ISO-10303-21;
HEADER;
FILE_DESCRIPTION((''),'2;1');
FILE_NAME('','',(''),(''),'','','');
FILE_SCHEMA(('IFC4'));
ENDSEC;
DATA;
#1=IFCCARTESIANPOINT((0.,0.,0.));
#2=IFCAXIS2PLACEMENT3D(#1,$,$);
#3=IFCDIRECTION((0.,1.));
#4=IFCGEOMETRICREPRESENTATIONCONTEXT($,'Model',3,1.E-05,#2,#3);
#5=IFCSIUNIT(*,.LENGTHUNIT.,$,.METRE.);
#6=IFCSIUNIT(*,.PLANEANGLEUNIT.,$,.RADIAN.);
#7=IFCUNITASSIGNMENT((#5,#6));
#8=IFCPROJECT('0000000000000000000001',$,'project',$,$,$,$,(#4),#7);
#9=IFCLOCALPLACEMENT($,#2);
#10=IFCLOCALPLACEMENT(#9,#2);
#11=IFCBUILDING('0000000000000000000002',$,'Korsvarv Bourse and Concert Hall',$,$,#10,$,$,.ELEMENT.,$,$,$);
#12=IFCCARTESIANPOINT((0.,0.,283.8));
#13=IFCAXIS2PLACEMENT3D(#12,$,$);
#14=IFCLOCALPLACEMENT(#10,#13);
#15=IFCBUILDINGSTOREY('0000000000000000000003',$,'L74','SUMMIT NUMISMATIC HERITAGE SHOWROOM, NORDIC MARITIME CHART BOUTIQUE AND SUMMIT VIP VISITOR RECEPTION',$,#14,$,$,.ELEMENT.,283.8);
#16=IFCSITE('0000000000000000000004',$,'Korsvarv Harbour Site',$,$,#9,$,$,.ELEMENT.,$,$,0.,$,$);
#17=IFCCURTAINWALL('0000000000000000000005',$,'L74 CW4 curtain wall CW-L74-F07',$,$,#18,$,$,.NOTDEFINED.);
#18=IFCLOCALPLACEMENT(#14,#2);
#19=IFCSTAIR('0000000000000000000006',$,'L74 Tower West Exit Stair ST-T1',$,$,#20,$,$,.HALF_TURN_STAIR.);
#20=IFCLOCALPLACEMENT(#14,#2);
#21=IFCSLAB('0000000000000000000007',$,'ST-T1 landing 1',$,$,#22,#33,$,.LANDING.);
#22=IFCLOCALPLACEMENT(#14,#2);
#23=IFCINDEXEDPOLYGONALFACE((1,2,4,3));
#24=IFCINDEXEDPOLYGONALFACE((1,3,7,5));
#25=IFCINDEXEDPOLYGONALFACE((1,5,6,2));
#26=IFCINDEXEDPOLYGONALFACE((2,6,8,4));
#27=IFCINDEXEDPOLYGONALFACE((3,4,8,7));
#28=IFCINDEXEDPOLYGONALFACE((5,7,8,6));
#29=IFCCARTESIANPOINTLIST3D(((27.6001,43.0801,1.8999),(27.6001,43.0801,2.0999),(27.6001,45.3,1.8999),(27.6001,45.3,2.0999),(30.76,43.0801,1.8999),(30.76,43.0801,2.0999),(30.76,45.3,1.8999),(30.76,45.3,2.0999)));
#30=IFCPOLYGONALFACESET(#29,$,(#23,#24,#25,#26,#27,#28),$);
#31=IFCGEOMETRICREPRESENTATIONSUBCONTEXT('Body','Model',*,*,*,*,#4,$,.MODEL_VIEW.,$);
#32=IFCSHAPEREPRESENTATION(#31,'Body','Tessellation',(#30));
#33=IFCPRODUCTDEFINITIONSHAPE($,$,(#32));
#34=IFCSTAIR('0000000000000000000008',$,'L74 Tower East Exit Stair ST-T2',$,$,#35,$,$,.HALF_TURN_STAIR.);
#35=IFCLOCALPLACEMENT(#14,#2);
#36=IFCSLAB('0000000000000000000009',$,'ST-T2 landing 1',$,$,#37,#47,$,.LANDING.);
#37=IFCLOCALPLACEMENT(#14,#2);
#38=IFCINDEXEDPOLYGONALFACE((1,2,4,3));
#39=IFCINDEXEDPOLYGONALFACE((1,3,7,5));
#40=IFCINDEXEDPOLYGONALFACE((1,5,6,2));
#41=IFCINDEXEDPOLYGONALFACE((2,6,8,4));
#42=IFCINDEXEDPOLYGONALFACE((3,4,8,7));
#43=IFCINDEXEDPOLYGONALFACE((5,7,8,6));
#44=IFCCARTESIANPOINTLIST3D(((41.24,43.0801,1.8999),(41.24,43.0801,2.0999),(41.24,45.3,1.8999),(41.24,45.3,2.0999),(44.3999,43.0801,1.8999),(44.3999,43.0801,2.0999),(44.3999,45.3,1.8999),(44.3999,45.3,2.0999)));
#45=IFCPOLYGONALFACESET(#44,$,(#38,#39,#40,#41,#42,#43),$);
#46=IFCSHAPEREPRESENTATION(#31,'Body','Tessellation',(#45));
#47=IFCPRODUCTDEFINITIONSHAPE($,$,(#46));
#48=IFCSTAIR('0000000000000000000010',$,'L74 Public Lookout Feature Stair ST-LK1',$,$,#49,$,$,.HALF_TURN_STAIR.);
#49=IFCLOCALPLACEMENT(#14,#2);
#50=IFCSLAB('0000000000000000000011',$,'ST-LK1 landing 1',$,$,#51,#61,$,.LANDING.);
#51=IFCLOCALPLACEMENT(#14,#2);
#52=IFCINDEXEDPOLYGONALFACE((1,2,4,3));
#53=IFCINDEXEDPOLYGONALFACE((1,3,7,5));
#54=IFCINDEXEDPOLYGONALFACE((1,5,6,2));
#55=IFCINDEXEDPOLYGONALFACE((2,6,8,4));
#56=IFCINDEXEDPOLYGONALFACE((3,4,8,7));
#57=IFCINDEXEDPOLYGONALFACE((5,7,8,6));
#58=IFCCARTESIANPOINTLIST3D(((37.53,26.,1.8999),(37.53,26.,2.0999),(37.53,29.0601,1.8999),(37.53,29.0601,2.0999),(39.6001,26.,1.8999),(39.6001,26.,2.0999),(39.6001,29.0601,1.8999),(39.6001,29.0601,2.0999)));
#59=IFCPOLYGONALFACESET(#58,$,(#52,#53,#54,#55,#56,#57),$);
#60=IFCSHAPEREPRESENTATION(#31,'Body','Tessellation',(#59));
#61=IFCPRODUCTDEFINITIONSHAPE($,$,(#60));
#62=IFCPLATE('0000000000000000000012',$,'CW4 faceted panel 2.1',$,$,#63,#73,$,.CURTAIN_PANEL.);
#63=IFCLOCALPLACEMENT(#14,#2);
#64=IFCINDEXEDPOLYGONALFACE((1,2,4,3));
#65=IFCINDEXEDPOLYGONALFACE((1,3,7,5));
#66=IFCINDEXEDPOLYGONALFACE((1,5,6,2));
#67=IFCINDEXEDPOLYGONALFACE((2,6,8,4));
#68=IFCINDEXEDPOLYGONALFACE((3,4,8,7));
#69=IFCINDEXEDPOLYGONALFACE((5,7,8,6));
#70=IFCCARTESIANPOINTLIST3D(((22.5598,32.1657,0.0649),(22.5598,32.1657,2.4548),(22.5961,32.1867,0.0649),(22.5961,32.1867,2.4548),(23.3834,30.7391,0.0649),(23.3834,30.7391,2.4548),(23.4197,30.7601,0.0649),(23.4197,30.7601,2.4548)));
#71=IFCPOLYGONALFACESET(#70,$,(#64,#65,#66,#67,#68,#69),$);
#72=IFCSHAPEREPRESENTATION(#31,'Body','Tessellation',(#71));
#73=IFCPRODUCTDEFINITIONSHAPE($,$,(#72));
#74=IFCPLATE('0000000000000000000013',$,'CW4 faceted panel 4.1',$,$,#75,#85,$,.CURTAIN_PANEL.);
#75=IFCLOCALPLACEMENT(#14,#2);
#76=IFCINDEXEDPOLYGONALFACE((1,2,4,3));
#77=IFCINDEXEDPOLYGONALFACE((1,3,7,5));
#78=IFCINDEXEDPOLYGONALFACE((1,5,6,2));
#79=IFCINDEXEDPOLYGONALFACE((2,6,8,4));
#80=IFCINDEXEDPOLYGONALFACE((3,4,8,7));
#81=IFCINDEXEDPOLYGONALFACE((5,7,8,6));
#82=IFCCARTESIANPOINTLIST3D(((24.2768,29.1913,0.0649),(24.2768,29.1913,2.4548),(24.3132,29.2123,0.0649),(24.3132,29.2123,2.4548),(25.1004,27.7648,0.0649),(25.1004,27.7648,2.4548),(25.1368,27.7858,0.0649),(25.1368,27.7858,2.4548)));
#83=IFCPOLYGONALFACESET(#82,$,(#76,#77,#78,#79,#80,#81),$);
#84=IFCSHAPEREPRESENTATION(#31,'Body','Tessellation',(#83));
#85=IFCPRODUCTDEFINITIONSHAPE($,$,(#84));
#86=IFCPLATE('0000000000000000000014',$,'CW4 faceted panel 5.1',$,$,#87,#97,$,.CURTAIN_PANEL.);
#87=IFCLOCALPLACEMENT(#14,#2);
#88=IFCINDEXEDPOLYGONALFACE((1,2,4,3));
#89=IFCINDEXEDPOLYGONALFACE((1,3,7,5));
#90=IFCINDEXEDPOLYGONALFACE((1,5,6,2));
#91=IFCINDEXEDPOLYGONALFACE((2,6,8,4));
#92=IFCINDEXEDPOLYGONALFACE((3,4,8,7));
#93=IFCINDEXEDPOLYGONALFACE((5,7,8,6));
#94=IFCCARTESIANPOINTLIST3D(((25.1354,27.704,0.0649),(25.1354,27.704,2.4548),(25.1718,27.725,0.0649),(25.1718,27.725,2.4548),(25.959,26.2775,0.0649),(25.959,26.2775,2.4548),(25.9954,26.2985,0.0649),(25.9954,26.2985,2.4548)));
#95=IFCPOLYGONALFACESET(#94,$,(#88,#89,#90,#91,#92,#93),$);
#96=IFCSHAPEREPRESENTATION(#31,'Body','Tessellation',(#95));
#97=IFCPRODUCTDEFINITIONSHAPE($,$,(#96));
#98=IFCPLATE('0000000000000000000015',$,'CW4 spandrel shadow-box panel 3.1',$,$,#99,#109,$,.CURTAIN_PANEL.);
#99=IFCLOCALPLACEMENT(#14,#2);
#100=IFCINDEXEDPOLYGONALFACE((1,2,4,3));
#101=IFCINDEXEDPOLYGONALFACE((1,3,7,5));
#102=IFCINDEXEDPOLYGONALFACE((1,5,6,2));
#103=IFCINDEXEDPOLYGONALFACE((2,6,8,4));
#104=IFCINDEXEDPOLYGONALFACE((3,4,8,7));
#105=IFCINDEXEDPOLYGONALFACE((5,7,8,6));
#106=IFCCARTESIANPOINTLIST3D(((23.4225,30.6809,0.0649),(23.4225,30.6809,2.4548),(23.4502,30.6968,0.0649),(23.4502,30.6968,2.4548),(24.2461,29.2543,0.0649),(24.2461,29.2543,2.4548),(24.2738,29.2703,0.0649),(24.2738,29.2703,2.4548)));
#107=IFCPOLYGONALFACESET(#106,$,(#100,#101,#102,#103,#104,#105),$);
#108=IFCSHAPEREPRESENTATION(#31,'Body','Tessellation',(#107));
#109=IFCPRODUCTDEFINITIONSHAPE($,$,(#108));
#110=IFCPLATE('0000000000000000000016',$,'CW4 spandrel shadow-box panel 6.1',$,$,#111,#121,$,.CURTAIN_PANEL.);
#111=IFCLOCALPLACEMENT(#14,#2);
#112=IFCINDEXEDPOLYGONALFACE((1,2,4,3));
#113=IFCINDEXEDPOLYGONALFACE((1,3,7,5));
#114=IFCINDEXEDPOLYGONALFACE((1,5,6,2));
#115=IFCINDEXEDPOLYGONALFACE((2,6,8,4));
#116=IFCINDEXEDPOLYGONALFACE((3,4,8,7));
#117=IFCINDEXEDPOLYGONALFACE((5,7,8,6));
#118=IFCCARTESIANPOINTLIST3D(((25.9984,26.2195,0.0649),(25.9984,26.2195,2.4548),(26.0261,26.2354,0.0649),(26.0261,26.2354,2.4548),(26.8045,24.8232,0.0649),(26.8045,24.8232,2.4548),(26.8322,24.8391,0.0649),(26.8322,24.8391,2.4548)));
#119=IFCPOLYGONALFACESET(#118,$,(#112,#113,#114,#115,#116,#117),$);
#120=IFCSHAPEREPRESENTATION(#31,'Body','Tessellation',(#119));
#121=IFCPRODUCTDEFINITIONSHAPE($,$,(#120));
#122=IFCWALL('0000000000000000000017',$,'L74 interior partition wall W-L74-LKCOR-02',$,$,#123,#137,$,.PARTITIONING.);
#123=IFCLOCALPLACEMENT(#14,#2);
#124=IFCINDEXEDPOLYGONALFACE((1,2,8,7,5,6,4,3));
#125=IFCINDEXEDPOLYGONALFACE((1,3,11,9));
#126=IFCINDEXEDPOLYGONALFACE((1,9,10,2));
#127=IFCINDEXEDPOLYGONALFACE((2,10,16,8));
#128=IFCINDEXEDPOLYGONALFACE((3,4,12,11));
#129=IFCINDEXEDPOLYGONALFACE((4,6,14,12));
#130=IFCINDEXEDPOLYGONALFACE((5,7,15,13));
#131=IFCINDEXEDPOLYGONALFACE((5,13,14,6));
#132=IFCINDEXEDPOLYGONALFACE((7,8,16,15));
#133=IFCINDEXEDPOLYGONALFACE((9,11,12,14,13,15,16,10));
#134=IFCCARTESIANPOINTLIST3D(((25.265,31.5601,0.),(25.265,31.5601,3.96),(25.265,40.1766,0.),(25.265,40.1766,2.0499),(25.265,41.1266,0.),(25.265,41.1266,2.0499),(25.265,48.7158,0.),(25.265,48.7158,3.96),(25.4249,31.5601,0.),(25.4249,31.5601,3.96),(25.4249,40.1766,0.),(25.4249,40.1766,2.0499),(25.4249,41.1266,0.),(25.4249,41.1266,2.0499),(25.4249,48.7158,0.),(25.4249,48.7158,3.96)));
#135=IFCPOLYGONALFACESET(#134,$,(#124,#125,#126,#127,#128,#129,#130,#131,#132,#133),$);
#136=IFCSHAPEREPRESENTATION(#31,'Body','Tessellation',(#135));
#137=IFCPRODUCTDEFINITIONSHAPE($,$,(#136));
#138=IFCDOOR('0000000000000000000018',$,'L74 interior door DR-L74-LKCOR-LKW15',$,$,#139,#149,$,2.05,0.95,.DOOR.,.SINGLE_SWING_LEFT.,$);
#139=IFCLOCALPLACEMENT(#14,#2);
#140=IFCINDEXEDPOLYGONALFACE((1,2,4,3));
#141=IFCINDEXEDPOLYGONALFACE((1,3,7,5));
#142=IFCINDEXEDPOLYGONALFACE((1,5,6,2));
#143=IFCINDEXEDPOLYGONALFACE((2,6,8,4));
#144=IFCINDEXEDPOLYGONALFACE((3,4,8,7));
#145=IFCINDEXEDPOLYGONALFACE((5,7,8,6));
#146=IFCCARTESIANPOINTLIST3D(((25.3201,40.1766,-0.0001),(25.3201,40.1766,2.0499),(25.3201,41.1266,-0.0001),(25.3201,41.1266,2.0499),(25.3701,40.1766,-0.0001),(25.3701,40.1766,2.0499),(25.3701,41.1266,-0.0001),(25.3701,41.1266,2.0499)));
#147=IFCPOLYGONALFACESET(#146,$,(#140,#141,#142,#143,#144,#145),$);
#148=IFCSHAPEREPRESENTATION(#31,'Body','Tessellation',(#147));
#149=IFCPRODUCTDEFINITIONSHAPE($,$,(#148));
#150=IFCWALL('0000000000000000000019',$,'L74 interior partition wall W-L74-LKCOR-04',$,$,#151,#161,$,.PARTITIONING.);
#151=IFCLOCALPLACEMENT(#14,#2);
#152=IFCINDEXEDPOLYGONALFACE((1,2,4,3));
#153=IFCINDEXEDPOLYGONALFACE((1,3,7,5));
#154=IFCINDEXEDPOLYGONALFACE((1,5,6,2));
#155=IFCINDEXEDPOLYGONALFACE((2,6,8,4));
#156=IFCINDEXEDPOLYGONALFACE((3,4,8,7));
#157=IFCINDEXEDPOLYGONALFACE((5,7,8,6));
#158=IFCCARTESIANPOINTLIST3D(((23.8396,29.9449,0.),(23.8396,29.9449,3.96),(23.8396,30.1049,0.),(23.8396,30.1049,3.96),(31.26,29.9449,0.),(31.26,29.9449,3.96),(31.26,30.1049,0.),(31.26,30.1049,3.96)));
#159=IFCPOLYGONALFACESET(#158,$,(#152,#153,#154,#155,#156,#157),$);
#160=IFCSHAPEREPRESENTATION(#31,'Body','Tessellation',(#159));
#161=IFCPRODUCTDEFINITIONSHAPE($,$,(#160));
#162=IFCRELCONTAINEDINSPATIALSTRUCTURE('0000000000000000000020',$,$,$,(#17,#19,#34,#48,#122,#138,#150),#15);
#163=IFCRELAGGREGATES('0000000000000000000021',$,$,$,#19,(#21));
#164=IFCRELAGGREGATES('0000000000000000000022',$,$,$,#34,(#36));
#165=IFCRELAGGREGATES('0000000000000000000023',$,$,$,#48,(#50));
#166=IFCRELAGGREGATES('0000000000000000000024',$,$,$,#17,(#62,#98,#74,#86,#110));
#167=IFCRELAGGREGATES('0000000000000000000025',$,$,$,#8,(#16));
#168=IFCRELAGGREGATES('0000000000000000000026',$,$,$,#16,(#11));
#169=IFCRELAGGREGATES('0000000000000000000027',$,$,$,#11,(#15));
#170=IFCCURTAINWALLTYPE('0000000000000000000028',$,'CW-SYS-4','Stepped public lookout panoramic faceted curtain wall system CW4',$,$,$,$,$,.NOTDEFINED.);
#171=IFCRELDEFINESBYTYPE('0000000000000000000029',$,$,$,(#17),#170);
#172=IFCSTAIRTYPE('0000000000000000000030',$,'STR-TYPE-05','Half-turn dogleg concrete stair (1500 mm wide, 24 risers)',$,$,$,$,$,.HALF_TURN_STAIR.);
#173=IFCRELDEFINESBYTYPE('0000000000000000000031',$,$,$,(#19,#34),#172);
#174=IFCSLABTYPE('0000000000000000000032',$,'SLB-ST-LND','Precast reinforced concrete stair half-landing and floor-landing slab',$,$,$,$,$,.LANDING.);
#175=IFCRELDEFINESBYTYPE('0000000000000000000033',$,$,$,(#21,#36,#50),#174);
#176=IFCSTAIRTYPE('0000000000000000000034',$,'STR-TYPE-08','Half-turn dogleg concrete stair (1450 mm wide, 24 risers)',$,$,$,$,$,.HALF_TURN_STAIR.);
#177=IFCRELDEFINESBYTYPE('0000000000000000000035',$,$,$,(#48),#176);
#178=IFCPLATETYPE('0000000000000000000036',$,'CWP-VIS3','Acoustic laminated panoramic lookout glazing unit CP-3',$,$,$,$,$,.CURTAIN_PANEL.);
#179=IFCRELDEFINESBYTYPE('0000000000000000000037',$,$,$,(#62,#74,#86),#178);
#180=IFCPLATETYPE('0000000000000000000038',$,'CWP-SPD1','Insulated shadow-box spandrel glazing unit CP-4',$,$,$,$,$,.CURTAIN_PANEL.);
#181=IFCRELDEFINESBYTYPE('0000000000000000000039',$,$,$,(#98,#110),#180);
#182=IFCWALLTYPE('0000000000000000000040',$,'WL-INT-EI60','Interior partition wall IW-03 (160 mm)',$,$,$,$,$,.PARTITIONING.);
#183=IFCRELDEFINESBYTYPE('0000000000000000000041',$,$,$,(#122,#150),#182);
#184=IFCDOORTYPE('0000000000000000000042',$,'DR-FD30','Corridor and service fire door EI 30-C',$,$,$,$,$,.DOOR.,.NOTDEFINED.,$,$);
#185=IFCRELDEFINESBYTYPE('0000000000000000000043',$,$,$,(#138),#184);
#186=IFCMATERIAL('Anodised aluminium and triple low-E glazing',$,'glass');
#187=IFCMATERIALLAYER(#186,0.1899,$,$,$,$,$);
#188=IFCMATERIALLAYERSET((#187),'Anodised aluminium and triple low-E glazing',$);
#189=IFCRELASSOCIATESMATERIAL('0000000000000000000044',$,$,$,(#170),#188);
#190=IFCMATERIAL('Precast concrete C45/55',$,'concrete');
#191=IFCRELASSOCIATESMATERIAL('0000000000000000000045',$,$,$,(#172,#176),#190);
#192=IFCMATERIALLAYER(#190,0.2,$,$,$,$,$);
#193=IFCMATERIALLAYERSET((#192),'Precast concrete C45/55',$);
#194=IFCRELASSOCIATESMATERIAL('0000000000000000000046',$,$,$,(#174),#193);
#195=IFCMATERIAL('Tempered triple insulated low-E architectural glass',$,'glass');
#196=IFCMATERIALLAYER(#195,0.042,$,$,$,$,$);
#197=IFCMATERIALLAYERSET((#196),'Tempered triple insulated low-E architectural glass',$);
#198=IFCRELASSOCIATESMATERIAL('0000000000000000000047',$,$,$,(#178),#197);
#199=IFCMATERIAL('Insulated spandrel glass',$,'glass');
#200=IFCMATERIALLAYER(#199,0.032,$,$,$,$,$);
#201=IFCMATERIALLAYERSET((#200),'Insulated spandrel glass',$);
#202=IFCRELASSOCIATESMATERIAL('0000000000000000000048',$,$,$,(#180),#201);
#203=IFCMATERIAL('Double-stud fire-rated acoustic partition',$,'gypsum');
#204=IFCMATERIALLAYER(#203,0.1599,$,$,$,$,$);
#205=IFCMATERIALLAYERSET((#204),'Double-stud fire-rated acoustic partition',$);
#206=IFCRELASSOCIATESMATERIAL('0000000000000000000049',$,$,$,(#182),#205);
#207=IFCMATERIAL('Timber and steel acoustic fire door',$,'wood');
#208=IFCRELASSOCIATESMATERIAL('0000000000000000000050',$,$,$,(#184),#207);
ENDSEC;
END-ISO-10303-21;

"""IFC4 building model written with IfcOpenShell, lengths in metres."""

from ifc_helpers import new_model, si_unit, direction, frame, frame_2d, origin, origin_2d, place, context, subcontext, project, spatial, polyline, rectangle, outline, extrude, source, transform, mapped, material, layer, layer_set, type_object, element, fill, aggregate, save


model = new_model("IFC4")

# Units and contexts
model_context = context("Model", 3, precision=1e-05, world=origin(), true_north=direction((0.0, 1.0)))
body_context = subcontext(model_context, "Body", "Model", "MODEL_VIEW")
ifc_project = project(units=[si_unit("LENGTHUNIT", "METRE"), si_unit("PLANEANGLEUNIT", "RADIAN")], contexts=[model_context])

# Site, building, storey
site_placement = place(None, origin())
site = spatial("IfcSite", under=ifc_project, at=site_placement, Name="Korsvarv Harbour Site", CompositionType="ELEMENT", RefElevation=0.0)
building_placement = place(site_placement, origin())
building = spatial("IfcBuilding", under=site, at=building_placement, Name="Korsvarv Bourse and Concert Hall", CompositionType="ELEMENT")
storey_placement = place(building_placement, frame((0.0, 0.0, 283.8)))
storey = spatial("IfcBuildingStorey", under=building, at=storey_placement, Name="L74", Description="SUMMIT NUMISMATIC HERITAGE SHOWROOM, NORDIC MARITIME CHART BOUTIQUE AND SUMMIT VIP VISITOR RECEPTION", CompositionType="ELEMENT", Elevation=283.8)

# Curtain wall
ifc_material_1 = material(Name="Anodised aluminium and triple low-E glazing", Category="glass")
ifc_layer_1 = layer(ifc_material_1, 0.1899)
ifc_layer_set_1 = layer_set([ifc_layer_1], Name="Anodised aluminium and triple low-E glazing")
curtain_wall_type = type_object("IfcCurtainWallType", Name="CW-SYS-4", Description="Stepped public lookout panoramic faceted curtain wall system CW4", PredefinedType="NOTDEFINED", material=ifc_layer_set_1)
curtain_wall_placement = place(storey_placement, origin())
curtain_wall = element("IfcCurtainWall", 1, at=curtain_wall_placement, inside=storey, type_object=curtain_wall_type, Name="L74 CW4 curtain wall CW-L74-F07", PredefinedType="NOTDEFINED")

# Shared definitions
ifc_material_2 = material(Name="Precast concrete C45/55", Category="concrete")

# Stairs, slabs
stair_type_1 = type_object("IfcStairType", Name="STR-TYPE-05", Description="Half-turn dogleg concrete stair (1500 mm wide, 24 risers)", PredefinedType="HALF_TURN_STAIR", material=ifc_material_2)
stair_1_placement = place(storey_placement, origin())
stair_1 = element("IfcStair", 2, at=stair_1_placement, inside=storey, type_object=stair_type_1, Name="L74 Tower West Exit Stair ST-T1", PredefinedType="HALF_TURN_STAIR")
ifc_layer_2 = layer(ifc_material_2, 0.2)
ifc_layer_set_2 = layer_set([ifc_layer_2], Name="Precast concrete C45/55")
slab_type_1 = type_object("IfcSlabType", Name="SLB-ST-LND", Description="Precast reinforced concrete stair half-landing and floor-landing slab", PredefinedType="LANDING", material=ifc_layer_set_2)
slab_1_placement = place(storey_placement, frame((0.0, 0.0, 1.8999)))
slab_1 = element("IfcSlab", 3, at=slab_1_placement, type_object=slab_type_1, Name="ST-T1 landing 1", PredefinedType="LANDING", context=body_context, shape_type="SweptSolid", body=[
    extrude(outline(polyline([(30.76, 43.0801), (30.76, 45.3), (27.6001, 45.3), (27.6001, 43.0801), (30.76, 43.0801)])), origin(), (0.0, 0.0, 1.0), 0.2),
])
aggregate(stair_1, [slab_1])
stair_2_placement = place(storey_placement, origin())
stair_2 = element("IfcStair", 4, at=stair_2_placement, inside=storey, type_object=stair_type_1, Name="L74 Tower East Exit Stair ST-T2", PredefinedType="HALF_TURN_STAIR")
slab_2_placement = place(storey_placement, frame((0.0, 0.0, 1.8999)))
slab_2 = element("IfcSlab", 5, at=slab_2_placement, type_object=slab_type_1, Name="ST-T2 landing 1", PredefinedType="LANDING", context=body_context, shape_type="SweptSolid", body=[
    extrude(outline(polyline([(44.3999, 43.0801), (44.3999, 45.3), (41.24, 45.3), (41.24, 43.0801), (44.3999, 43.0801)])), origin(), (0.0, 0.0, 1.0), 0.2),
])
aggregate(stair_2, [slab_2])
stair_type_2 = type_object("IfcStairType", Name="STR-TYPE-08", Description="Half-turn dogleg concrete stair (1450 mm wide, 24 risers)", PredefinedType="HALF_TURN_STAIR", material=ifc_material_2)
stair_3_placement = place(storey_placement, origin())
stair_3 = element("IfcStair", 6, at=stair_3_placement, inside=storey, type_object=stair_type_2, Name="L74 Public Lookout Feature Stair ST-LK1", PredefinedType="HALF_TURN_STAIR")
slab_3_placement = place(storey_placement, frame((0.0, 0.0, 1.8999)))
slab_3 = element("IfcSlab", 7, at=slab_3_placement, type_object=slab_type_1, Name="ST-LK1 landing 1", PredefinedType="LANDING", context=body_context, shape_type="SweptSolid", body=[
    extrude(outline(polyline([(37.53, 26.0), (39.6001, 26.0), (39.6001, 29.0601), (37.53, 29.0601), (37.53, 26.0)])), origin(), (0.0, 0.0, 1.0), 0.2),
])
aggregate(stair_3, [slab_3])

# Plates
ifc_material_3 = material(Name="Tempered triple insulated low-E architectural glass", Category="glass")
ifc_layer_3 = layer(ifc_material_3, 0.042)
ifc_layer_set_3 = layer_set([ifc_layer_3], Name="Tempered triple insulated low-E architectural glass")
plate_type_1 = type_object("IfcPlateType", Name="CWP-VIS3", Description="Acoustic laminated panoramic lookout glazing unit CP-3", PredefinedType="CURTAIN_PANEL", material=ifc_layer_set_3)
shared_shape_1 = source(origin(), body_context, "Body", "SweptSolid", [
    extrude(rectangle(XDim=1.6472, YDim=0.042, at=origin_2d()), origin(), (0.0, 0.0, 1.0), 2.3899),
])
plate_1_placement = place(storey_placement, frame((22.9897, 31.4629, 0.0649), z_axis=(0.0, 0.0, 1.0), x_axis=(0.499996, -0.866028, 0.0)))
plate_1 = element("IfcPlate", 8, at=plate_1_placement, type_object=plate_type_1, Name="CW4 faceted panel 2.1", PredefinedType="CURTAIN_PANEL", context=body_context, shape_type="MappedRepresentation", body=[
    mapped(shared_shape_1, transform((0.0, 0.0, 0.0), scale=1.0)),
])
plate_2_placement = place(storey_placement, frame((24.7068, 28.4885, 0.0649), z_axis=(0.0, 0.0, 1.0), x_axis=(0.499996, -0.866028, 0.0)))
plate_2 = element("IfcPlate", 9, at=plate_2_placement, type_object=plate_type_1, Name="CW4 faceted panel 4.1", PredefinedType="CURTAIN_PANEL", context=body_context, shape_type="MappedRepresentation", body=[
    mapped(shared_shape_1, transform((0.0, 0.0, 0.0), scale=1.0)),
])
plate_3_placement = place(storey_placement, frame((25.5654, 27.0012, 0.0649), z_axis=(0.0, 0.0, 1.0), x_axis=(0.499996, -0.866028, 0.0)))
plate_3 = element("IfcPlate", 10, at=plate_3_placement, type_object=plate_type_1, Name="CW4 faceted panel 5.1", PredefinedType="CURTAIN_PANEL", context=body_context, shape_type="MappedRepresentation", body=[
    mapped(shared_shape_1, transform((0.0, 0.0, 0.0), scale=1.0)),
])
ifc_material_4 = material(Name="Insulated spandrel glass", Category="glass")
ifc_layer_4 = layer(ifc_material_4, 0.032)
ifc_layer_set_4 = layer_set([ifc_layer_4], Name="Insulated spandrel glass")
plate_type_2 = type_object("IfcPlateType", Name="CWP-SPD1", Description="Insulated shadow-box spandrel glazing unit CP-4", PredefinedType="CURTAIN_PANEL", material=ifc_layer_set_4)
shared_shape_2 = source(origin(), body_context, "Body", "SweptSolid", [
    extrude(rectangle(XDim=1.6472, YDim=0.032, at=origin_2d()), origin(), (0.0, 0.0, 1.0), 2.3899),
])
plate_4_placement = place(storey_placement, frame((23.8481, 29.9756, 0.0649), z_axis=(0.0, 0.0, 1.0), x_axis=(0.499996, -0.866028, 0.0)))
plate_4 = element("IfcPlate", 11, at=plate_4_placement, type_object=plate_type_2, Name="CW4 spandrel shadow-box panel 3.1", PredefinedType="CURTAIN_PANEL", context=body_context, shape_type="MappedRepresentation", body=[
    mapped(shared_shape_2, transform((0.0, 0.0, 0.0), scale=1.0)),
])
shared_shape_3 = source(origin(), body_context, "Body", "SweptSolid", [
    extrude(rectangle(XDim=1.6123, YDim=0.032, at=origin_2d()), origin(), (0.0, 0.0, 1.0), 2.3899),
])
plate_5_placement = place(storey_placement, frame((26.4153, 25.5293, 0.0649), z_axis=(0.0, 0.0, 1.0), x_axis=(0.499996, -0.866028, 0.0)))
plate_5 = element("IfcPlate", 12, at=plate_5_placement, type_object=plate_type_2, Name="CW4 spandrel shadow-box panel 6.1", PredefinedType="CURTAIN_PANEL", context=body_context, shape_type="MappedRepresentation", body=[
    mapped(shared_shape_3, transform((0.0, 0.0, 0.0), scale=1.0)),
])
aggregate(curtain_wall, [plate_1, plate_4, plate_2, plate_3, plate_5])

# Wall, opening, door
ifc_material_5 = material(Name="Double-stud fire-rated acoustic partition", Category="gypsum")
ifc_layer_5 = layer(ifc_material_5, 0.1599)
ifc_layer_set_5 = layer_set([ifc_layer_5], Name="Double-stud fire-rated acoustic partition")
wall_type = type_object("IfcWallType", Name="WL-INT-EI60", Description="Interior partition wall IW-03 (160 mm)", PredefinedType="PARTITIONING", material=ifc_layer_set_5)
wall_1_placement = place(storey_placement, frame((25.345, 31.5601, 0.0), z_axis=(0.0, 0.0, 1.0), x_axis=(0.0, 1.0, 0.0)))
wall_1 = element("IfcWall", 13, at=wall_1_placement, inside=storey, type_object=wall_type, Name="L74 interior partition wall W-L74-LKCOR-02", PredefinedType="PARTITIONING", context=body_context, shape_type="SweptSolid", body=[
    extrude(rectangle(XDim=17.1558, YDim=0.1599, at=frame_2d((8.5779, 0.0))), origin(), (0.0, 0.0, 1.0), 3.96),
])
opening_placement = place(wall_1_placement, frame((8.6165, 0.0, 0.0)))
opening = element("IfcOpeningElement", 14, at=opening_placement, cuts=wall_1, PredefinedType="OPENING", context=body_context, shape_type="SweptSolid", body=[
    extrude(rectangle(XDim=0.95, YDim=2.05, at=frame_2d((0.4751, 1.0249))), frame((0.0, 0.0898, 0.0), z_axis=(0.0, -1.0, 0.0), x_axis=(1.0, 0.0, 0.0)), (0.0, 0.0, 1.0), 0.1799),
])
ifc_material_6 = material(Name="Timber and steel acoustic fire door", Category="wood")
door_type = type_object("IfcDoorType", Name="DR-FD30", Description="Corridor and service fire door EI 30-C", OperationType="NOTDEFINED", PredefinedType="DOOR", material=ifc_material_6)
door_placement = place(opening_placement, origin())
door = element("IfcDoor", 15, at=door_placement, inside=storey, type_object=door_type, Name="L74 interior door DR-L74-LKCOR-LKW15", OperationType="SINGLE_SWING_LEFT", OverallHeight=2.05, OverallWidth=0.95, PredefinedType="DOOR", context=body_context, shape_type="SweptSolid", body=[
    extrude(rectangle(XDim=0.95, YDim=2.05, at=frame_2d((0.4751, 1.0249))), frame((0.0, 0.0249, 0.0), z_axis=(0.0, -1.0, 0.0), x_axis=(1.0, 0.0, 0.0)), (0.0, 0.0, 1.0), 0.05),
])
fill(opening, door)

# Wall
wall_2_placement = place(storey_placement, frame((23.8396, 30.0249, 0.0), z_axis=(0.0, 0.0, 1.0), x_axis=(1.0, 0.0, 0.0)))
element("IfcWall", 16, at=wall_2_placement, inside=storey, type_object=wall_type, Name="L74 interior partition wall W-L74-LKCOR-04", PredefinedType="PARTITIONING", context=body_context, shape_type="SweptSolid", body=[
    extrude(rectangle(XDim=7.4204, YDim=0.1599, at=frame_2d((3.7102, 0.0))), origin(), (0.0, 0.0, 1.0), 3.96),
])

save(model, "model.ifc")
